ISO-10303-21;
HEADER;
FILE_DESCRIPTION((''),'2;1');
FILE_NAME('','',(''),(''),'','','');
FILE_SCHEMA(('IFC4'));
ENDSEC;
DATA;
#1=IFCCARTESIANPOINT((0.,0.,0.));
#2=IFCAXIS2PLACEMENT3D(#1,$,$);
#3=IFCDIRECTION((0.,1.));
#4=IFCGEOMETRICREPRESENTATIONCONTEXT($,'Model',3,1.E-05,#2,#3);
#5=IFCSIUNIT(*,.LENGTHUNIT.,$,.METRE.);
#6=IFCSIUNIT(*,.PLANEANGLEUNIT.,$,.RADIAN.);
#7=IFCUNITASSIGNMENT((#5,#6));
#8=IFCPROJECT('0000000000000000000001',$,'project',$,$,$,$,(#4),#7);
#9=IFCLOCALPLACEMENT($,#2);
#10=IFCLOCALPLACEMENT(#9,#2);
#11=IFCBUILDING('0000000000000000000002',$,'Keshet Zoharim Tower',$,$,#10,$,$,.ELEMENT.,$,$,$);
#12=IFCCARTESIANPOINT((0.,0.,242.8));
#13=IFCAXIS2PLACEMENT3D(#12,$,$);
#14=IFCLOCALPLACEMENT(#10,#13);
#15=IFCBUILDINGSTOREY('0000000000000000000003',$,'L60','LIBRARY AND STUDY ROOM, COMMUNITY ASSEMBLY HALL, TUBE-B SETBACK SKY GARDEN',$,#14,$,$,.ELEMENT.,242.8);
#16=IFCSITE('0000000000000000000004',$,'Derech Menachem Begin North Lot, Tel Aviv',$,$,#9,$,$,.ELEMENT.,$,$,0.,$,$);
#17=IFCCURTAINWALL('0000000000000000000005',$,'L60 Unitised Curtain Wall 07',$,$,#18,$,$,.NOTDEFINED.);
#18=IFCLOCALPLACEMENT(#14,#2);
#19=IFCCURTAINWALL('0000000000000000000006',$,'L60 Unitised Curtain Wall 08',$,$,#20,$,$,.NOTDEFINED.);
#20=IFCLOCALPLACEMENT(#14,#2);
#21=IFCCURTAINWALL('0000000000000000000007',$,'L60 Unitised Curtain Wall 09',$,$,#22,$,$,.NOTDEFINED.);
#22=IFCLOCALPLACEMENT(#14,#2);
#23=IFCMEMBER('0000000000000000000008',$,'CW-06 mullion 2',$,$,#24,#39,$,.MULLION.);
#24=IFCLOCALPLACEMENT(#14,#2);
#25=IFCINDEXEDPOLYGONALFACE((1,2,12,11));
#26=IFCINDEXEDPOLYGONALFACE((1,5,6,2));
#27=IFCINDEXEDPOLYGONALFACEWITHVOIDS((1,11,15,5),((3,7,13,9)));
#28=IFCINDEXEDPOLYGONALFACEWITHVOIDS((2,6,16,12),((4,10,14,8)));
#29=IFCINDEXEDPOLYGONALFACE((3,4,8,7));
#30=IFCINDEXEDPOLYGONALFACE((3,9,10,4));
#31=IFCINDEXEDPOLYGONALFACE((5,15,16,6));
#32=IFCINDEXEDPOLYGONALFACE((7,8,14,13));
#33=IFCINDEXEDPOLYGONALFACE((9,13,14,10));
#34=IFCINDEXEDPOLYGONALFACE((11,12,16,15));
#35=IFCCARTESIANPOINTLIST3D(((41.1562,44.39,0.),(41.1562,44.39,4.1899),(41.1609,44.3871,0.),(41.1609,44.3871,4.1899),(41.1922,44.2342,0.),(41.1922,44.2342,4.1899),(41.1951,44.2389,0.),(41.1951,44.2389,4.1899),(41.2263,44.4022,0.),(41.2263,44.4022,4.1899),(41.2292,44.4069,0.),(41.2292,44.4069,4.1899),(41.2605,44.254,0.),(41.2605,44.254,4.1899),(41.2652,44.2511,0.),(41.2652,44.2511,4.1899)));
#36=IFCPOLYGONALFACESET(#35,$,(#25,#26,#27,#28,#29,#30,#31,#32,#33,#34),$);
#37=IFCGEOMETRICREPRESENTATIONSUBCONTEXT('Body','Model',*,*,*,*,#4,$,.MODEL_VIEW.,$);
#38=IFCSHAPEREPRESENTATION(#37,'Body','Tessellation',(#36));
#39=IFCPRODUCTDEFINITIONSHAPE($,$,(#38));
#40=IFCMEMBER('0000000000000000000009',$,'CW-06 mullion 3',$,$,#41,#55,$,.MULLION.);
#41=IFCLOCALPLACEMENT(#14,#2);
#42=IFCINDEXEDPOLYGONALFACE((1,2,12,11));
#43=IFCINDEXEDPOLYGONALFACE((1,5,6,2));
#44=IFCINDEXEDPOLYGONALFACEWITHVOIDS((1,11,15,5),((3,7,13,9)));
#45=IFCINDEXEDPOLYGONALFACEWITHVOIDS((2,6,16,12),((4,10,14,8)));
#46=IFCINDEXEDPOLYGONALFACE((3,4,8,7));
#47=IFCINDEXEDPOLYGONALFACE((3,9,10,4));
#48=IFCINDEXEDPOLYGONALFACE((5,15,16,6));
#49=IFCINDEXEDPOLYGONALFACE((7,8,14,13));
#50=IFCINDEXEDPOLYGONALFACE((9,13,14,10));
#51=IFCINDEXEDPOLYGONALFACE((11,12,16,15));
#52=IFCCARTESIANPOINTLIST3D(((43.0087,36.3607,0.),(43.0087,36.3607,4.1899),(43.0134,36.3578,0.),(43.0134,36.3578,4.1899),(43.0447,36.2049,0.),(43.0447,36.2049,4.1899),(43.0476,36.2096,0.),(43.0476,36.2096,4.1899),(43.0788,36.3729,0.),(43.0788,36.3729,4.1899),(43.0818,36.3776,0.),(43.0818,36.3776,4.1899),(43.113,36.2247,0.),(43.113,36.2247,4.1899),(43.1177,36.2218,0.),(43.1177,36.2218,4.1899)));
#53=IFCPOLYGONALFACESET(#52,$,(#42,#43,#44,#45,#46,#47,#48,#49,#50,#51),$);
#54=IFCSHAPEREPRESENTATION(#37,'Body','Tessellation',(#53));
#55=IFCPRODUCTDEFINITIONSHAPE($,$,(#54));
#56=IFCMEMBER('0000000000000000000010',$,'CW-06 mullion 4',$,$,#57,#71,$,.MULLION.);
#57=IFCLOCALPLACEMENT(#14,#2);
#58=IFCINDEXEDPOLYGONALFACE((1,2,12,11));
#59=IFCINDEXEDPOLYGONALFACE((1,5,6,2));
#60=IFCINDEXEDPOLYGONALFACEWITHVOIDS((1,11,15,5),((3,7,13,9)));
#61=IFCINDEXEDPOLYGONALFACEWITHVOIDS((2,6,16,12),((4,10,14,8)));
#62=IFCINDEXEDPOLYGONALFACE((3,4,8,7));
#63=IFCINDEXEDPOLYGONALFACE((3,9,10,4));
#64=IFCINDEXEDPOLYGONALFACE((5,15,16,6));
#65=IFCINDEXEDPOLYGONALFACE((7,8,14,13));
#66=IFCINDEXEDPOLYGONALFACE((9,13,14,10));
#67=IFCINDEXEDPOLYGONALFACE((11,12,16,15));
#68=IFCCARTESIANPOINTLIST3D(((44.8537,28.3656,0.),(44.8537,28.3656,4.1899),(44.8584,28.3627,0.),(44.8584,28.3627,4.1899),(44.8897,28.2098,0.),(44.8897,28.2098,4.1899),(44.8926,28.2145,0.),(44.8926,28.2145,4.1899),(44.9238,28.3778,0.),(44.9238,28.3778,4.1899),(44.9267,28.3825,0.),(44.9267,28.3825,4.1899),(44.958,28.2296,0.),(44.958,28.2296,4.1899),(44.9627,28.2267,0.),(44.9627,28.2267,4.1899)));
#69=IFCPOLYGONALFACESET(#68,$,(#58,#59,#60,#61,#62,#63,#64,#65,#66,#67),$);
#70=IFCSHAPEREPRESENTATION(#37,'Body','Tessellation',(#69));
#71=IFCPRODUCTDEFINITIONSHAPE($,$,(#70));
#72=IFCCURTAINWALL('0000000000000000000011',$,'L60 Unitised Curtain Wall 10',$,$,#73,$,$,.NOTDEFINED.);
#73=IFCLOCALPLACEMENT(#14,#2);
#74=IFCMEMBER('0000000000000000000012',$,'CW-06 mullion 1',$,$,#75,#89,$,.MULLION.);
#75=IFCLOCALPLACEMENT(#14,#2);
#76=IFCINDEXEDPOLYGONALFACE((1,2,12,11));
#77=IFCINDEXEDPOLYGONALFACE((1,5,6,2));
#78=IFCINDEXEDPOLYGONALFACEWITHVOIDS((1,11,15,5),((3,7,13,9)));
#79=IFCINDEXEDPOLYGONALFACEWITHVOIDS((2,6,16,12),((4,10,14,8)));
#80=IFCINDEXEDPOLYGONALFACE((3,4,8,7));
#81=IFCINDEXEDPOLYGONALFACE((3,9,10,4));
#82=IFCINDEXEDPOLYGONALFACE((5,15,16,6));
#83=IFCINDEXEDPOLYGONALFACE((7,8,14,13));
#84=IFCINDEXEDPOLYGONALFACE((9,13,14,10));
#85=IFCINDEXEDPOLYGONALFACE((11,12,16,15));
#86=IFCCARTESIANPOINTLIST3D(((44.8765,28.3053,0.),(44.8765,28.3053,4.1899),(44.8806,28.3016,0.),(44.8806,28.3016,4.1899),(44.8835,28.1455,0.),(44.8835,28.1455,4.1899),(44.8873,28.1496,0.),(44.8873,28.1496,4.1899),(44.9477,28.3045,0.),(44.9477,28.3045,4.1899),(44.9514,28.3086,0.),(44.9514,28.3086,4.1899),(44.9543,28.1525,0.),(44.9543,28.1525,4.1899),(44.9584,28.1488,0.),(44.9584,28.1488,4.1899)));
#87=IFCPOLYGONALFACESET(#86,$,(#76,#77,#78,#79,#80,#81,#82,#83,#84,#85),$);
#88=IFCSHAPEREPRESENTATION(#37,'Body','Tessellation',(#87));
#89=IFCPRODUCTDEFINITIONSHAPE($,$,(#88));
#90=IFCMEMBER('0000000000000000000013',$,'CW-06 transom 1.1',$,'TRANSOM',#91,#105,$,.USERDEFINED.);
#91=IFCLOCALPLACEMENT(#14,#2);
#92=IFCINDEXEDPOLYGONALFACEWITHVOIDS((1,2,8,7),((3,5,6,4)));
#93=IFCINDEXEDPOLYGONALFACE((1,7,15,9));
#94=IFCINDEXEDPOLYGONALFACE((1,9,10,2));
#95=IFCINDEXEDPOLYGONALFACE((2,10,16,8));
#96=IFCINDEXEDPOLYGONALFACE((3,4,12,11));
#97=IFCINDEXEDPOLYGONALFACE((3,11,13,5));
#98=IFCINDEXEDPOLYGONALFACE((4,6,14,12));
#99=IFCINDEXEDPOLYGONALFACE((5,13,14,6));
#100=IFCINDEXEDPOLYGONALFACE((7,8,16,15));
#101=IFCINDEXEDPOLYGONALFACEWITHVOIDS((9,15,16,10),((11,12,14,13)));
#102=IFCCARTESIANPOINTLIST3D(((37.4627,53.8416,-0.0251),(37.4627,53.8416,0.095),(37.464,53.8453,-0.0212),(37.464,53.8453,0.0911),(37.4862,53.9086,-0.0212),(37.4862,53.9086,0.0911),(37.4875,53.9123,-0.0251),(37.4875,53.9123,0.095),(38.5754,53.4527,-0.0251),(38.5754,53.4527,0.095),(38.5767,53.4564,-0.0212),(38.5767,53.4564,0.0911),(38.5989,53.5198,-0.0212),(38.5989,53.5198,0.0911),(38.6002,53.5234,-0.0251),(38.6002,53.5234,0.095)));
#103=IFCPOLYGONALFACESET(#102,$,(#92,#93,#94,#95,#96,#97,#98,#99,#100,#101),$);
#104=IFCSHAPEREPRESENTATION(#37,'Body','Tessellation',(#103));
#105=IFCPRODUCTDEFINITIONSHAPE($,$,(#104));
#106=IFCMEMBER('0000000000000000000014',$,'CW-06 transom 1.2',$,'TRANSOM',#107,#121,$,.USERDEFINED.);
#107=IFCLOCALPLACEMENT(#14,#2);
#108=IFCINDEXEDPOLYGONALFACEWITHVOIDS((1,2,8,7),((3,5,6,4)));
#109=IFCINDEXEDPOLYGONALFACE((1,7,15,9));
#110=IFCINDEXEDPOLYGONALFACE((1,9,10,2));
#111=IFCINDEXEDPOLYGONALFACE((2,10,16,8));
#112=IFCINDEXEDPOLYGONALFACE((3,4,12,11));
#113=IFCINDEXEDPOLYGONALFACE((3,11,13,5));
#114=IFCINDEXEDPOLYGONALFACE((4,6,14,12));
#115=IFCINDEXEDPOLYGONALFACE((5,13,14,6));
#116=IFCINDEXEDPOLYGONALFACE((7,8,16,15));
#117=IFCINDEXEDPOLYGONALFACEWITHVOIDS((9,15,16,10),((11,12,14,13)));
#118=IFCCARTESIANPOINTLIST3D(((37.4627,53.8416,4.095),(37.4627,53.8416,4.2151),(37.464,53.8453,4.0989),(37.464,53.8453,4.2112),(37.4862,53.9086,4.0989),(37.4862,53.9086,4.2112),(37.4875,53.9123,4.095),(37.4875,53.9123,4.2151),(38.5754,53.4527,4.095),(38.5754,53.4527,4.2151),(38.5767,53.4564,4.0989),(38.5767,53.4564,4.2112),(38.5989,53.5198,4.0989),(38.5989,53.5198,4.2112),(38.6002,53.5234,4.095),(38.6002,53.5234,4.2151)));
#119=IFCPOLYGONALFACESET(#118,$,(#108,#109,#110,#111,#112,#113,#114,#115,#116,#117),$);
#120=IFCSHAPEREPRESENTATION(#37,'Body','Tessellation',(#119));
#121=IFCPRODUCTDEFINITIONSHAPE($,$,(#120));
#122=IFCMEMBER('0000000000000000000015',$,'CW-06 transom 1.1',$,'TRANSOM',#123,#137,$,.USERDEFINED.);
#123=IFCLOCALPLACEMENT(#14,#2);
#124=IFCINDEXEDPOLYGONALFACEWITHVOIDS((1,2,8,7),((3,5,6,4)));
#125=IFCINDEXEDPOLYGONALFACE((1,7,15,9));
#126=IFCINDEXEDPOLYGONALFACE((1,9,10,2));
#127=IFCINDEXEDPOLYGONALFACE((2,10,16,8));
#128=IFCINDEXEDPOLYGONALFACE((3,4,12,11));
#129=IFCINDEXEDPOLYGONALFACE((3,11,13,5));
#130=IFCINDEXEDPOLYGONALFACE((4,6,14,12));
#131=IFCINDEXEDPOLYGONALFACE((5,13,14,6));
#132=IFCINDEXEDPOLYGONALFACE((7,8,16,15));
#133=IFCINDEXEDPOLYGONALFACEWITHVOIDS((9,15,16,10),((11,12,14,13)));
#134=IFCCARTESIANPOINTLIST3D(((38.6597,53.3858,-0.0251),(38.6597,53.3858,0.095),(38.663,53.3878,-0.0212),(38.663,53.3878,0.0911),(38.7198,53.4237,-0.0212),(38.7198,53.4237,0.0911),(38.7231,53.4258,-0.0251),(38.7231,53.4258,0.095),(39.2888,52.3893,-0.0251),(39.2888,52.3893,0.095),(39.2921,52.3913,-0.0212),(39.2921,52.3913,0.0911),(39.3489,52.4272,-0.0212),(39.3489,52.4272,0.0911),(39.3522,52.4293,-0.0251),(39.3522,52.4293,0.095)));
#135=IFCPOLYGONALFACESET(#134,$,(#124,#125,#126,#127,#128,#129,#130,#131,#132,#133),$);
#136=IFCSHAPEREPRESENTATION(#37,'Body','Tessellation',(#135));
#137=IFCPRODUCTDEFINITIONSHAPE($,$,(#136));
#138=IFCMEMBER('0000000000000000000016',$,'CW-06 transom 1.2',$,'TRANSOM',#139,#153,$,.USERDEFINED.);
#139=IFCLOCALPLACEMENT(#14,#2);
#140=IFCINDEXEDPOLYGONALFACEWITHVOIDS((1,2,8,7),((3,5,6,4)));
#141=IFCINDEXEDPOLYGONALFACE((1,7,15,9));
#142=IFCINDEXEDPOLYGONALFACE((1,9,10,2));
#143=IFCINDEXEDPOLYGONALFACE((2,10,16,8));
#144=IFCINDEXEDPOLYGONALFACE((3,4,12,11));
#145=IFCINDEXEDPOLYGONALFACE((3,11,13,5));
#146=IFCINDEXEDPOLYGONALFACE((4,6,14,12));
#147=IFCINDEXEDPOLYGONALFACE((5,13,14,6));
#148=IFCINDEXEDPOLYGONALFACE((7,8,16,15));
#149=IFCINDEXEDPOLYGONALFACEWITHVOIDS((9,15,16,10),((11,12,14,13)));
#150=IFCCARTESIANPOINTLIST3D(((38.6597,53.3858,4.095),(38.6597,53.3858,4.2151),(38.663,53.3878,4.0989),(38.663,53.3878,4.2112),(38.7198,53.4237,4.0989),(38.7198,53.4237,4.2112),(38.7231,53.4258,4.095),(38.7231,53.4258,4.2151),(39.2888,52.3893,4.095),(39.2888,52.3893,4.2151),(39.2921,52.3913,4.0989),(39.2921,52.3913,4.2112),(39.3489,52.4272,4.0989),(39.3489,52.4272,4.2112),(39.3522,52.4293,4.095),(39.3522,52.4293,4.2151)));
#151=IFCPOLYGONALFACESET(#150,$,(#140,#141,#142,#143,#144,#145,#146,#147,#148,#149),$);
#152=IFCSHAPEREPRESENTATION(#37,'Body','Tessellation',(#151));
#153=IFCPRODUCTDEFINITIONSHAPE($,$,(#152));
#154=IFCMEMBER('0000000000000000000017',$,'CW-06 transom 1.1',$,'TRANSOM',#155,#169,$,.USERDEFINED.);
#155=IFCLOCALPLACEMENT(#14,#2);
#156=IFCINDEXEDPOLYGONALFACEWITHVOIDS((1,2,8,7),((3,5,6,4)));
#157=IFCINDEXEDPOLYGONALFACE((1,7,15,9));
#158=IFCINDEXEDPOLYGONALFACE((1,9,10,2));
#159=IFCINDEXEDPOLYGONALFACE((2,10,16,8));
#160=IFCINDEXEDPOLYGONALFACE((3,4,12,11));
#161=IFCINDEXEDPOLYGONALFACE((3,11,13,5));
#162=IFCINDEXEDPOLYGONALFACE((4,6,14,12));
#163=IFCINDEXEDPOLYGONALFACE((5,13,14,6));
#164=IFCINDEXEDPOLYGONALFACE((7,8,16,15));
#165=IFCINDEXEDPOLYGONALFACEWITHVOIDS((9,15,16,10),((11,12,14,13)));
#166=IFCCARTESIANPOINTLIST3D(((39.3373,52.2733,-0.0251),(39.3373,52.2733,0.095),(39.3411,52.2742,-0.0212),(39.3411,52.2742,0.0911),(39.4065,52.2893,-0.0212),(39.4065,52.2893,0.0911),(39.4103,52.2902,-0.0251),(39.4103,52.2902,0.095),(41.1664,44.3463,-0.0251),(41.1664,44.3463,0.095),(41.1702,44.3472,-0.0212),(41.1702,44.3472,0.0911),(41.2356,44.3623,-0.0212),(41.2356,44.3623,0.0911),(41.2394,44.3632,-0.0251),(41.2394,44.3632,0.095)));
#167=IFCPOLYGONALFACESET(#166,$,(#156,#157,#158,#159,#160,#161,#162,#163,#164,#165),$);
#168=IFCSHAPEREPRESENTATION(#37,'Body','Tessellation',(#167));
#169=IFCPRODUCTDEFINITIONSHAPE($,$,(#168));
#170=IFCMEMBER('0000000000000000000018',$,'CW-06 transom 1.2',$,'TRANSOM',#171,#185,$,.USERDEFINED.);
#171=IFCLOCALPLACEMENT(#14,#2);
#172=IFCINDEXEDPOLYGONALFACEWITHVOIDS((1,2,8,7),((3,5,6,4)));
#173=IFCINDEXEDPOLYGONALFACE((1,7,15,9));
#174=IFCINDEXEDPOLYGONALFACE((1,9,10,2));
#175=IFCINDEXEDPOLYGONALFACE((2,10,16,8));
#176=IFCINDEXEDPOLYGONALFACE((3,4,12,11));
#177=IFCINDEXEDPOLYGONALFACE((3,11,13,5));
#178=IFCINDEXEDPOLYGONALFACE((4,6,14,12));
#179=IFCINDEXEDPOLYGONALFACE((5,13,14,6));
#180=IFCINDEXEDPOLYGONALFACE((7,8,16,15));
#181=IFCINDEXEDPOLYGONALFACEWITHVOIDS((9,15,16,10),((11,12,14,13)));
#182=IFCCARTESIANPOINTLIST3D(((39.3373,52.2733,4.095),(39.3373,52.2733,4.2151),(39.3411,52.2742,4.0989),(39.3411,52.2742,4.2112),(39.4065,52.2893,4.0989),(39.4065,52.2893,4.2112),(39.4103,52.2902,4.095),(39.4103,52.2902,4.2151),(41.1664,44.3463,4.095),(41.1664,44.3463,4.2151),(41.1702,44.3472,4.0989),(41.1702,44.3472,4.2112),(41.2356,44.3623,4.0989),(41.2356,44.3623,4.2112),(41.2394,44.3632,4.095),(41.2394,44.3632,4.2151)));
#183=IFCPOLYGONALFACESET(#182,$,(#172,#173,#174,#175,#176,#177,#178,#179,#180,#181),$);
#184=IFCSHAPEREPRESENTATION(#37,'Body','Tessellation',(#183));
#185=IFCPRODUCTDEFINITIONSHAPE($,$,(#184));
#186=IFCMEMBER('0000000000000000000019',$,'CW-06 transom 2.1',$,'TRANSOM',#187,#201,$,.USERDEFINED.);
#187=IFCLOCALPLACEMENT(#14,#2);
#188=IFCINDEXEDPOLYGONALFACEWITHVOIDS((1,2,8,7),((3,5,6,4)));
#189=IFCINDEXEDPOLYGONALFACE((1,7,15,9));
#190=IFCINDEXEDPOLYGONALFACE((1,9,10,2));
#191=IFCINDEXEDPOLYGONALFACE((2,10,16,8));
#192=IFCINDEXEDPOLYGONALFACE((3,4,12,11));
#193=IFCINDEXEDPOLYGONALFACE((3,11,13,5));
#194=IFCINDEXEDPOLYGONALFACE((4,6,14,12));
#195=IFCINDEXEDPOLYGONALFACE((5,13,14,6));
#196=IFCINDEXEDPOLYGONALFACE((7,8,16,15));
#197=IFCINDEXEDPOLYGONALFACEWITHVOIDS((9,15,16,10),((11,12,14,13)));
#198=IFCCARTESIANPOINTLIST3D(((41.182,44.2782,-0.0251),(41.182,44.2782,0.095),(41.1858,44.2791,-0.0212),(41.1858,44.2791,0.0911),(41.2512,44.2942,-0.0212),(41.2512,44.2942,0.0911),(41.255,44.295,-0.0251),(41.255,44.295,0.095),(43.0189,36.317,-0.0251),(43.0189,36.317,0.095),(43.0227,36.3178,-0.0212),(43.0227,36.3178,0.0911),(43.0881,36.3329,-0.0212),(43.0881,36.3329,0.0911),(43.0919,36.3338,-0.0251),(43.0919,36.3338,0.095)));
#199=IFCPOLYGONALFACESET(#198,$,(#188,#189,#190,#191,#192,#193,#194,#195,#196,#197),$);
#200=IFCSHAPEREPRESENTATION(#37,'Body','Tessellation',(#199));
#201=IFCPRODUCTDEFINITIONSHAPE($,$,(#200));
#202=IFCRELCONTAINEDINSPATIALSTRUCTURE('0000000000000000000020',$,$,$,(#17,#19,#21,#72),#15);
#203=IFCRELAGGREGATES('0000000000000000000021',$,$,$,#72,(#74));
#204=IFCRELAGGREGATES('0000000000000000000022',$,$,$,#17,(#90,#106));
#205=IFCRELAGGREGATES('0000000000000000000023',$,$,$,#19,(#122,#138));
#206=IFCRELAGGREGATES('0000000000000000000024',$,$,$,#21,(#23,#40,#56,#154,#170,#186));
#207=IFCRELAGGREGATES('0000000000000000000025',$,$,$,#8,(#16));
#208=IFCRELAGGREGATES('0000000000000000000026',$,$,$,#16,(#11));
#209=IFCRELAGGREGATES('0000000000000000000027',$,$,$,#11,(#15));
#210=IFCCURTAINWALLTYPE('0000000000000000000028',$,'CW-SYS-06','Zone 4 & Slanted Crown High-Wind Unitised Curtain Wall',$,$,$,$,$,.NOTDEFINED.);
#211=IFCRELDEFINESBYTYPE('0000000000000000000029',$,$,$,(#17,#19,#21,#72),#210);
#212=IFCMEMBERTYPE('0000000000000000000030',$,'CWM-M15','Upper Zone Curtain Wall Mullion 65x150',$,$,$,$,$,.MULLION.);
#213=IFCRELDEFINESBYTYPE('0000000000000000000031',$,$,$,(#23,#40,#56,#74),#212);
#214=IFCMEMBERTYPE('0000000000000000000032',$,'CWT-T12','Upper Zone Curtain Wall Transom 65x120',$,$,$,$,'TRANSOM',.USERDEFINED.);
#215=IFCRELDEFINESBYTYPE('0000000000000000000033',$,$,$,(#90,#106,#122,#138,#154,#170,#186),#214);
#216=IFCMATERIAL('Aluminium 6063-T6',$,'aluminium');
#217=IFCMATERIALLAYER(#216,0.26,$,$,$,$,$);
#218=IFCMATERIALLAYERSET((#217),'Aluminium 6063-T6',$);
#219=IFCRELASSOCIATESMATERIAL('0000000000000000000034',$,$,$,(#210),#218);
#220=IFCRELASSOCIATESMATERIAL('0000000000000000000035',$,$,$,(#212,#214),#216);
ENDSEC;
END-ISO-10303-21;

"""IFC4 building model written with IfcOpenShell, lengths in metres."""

from ifc_helpers import new_model, si_unit, direction, frame, origin, origin_2d, place, context, subcontext, project, spatial, hollow_rectangle, extrude, material, layer, layer_set, material_profile, profile_set, type_object, element, aggregate, save


model = new_model("IFC4")

# Units and contexts
model_context = context("Model", 3, precision=1e-05, world=origin(), true_north=direction((0.0, 1.0)))
body_context = subcontext(model_context, "Body", "Model", "MODEL_VIEW")
ifc_project = project(units=[si_unit("LENGTHUNIT", "METRE"), si_unit("PLANEANGLEUNIT", "RADIAN")], contexts=[model_context])

# Site, building, storey
site_placement = place(None, origin())
site = spatial("IfcSite", under=ifc_project, at=site_placement, Name="Derech Menachem Begin North Lot, Tel Aviv", CompositionType="ELEMENT", RefElevation=0.0)
building_placement = place(site_placement, origin())
building = spatial("IfcBuilding", under=site, at=building_placement, Name="Keshet Zoharim Tower", CompositionType="ELEMENT")
storey_placement = place(building_placement, frame((0.0, 0.0, 242.8)))
storey = spatial("IfcBuildingStorey", under=building, at=storey_placement, Name="L60", Description="LIBRARY AND STUDY ROOM, COMMUNITY ASSEMBLY HALL, TUBE-B SETBACK SKY GARDEN", CompositionType="ELEMENT", Elevation=242.8)

# Shared definitions
ifc_material_1 = material(Name="Aluminium 6063-T6", Category="aluminium")
ifc_layer_1 = layer(ifc_material_1, 0.26)
ifc_layer_set_1 = layer_set([ifc_layer_1], Name="Aluminium 6063-T6")
curtain_wall_type = type_object("IfcCurtainWallType", Name="CW-SYS-06", Description="Zone 4 & Slanted Crown High-Wind Unitised Curtain Wall", PredefinedType="NOTDEFINED", material=ifc_layer_set_1)
ifc_material_profile_1 = material_profile(ifc_material_1, hollow_rectangle(XDim=0.075, YDim=0.1599, WallThickness=0.0039, at=origin_2d()), Name="MUL-75x160")
ifc_profile_set_1 = profile_set([ifc_material_profile_1], Name="Aluminium 6063-T6")
member_type_1 = type_object("IfcMemberType", Name="CWM-M15", Description="Upper Zone Curtain Wall Mullion 65x150", PredefinedType="MULLION", material=ifc_profile_set_1)

# Curtain walls, members
curtain_wall_1_placement = place(storey_placement, origin())
curtain_wall_1 = element("IfcCurtainWall", 1, at=curtain_wall_1_placement, inside=storey, type_object=curtain_wall_type, Name="L60 Unitised Curtain Wall 07", PredefinedType="NOTDEFINED")
curtain_wall_2_placement = place(storey_placement, origin())
curtain_wall_2 = element("IfcCurtainWall", 2, at=curtain_wall_2_placement, inside=storey, type_object=curtain_wall_type, Name="L60 Unitised Curtain Wall 08", PredefinedType="NOTDEFINED")
curtain_wall_3_placement = place(storey_placement, origin())
curtain_wall_3 = element("IfcCurtainWall", 3, at=curtain_wall_3_placement, inside=storey, type_object=curtain_wall_type, Name="L60 Unitised Curtain Wall 09", PredefinedType="NOTDEFINED")
member_1_placement = place(storey_placement, frame((41.2107, 44.3206, 0.0), z_axis=(0.0, 0.0, 1.0), x_axis=(0.974398, 0.22483, 0.0)))
member_1 = element("IfcMember", 4, at=member_1_placement, type_object=member_type_1, Name="CW-06 mullion 2", PredefinedType="MULLION", context=body_context, shape_type="SweptSolid", body=[
    extrude(hollow_rectangle(XDim=0.075, YDim=0.1599, WallThickness=0.0039, at=origin_2d()), origin(), (0.0, 0.0, 1.0), 4.1899),
])
member_2_placement = place(storey_placement, frame((43.0632, 36.2913, 0.0), z_axis=(0.0, 0.0, 1.0), x_axis=(0.974398, 0.22483, 0.0)))
member_2 = element("IfcMember", 5, at=member_2_placement, type_object=member_type_1, Name="CW-06 mullion 3", PredefinedType="MULLION", context=body_context, shape_type="SweptSolid", body=[
    extrude(hollow_rectangle(XDim=0.075, YDim=0.1599, WallThickness=0.0039, at=origin_2d()), origin(), (0.0, 0.0, 1.0), 4.1899),
])
member_3_placement = place(storey_placement, frame((44.9082, 28.2961, 0.0), z_axis=(0.0, 0.0, 1.0), x_axis=(0.974398, 0.22483, 0.0)))
member_3 = element("IfcMember", 6, at=member_3_placement, type_object=member_type_1, Name="CW-06 mullion 4", PredefinedType="MULLION", context=body_context, shape_type="SweptSolid", body=[
    extrude(hollow_rectangle(XDim=0.075, YDim=0.1599, WallThickness=0.0039, at=origin_2d()), origin(), (0.0, 0.0, 1.0), 4.1899),
])

# Curtain wall, member
curtain_wall_4_placement = place(storey_placement, origin())
curtain_wall_4 = element("IfcCurtainWall", 7, at=curtain_wall_4_placement, inside=storey, type_object=curtain_wall_type, Name="L60 Unitised Curtain Wall 10", PredefinedType="NOTDEFINED")
member_4_placement = place(storey_placement, frame((44.9175, 28.2271, 0.0), z_axis=(0.0, 0.0, 1.0), x_axis=(0.999041, 0.043794, 0.0)))
member_4 = element("IfcMember", 8, at=member_4_placement, type_object=member_type_1, Name="CW-06 mullion 1", PredefinedType="MULLION", context=body_context, shape_type="SweptSolid", body=[
    extrude(hollow_rectangle(XDim=0.075, YDim=0.1599, WallThickness=0.0039, at=origin_2d()), origin(), (0.0, 0.0, 1.0), 4.1899),
])

# Members
ifc_material_profile_2 = material_profile(ifc_material_1, hollow_rectangle(XDim=0.075, YDim=0.1201, WallThickness=0.0039, at=origin_2d()), Name="TRN-75x120")
ifc_profile_set_2 = profile_set([ifc_material_profile_2], Name="Aluminium 6063-T6")
member_type_2 = type_object("IfcMemberType", Name="CWT-T12", Description="Upper Zone Curtain Wall Transom 65x120", ElementType="TRANSOM", PredefinedType="USERDEFINED", material=ifc_profile_set_2)
member_5_placement = place(storey_placement, frame((37.4751, 53.877, 0.0349), z_axis=(0.944007, -0.329926, 0.0), x_axis=(0.329926, 0.944007, 0.0)))
member_5 = element("IfcMember", 9, at=member_5_placement, type_object=member_type_2, Name="CW-06 transom 1.1", ObjectType="TRANSOM", PredefinedType="USERDEFINED", context=body_context, shape_type="SweptSolid", body=[
    extrude(hollow_rectangle(XDim=0.075, YDim=0.1201, WallThickness=0.0039, at=origin_2d()), origin(), (0.0, 0.0, 1.0), 1.1787),
])
member_6_placement = place(storey_placement, frame((37.4751, 53.877, 4.155), z_axis=(0.944007, -0.329926, 0.0), x_axis=(0.329926, 0.944007, 0.0)))
member_6 = element("IfcMember", 10, at=member_6_placement, type_object=member_type_2, Name="CW-06 transom 1.2", ObjectType="TRANSOM", PredefinedType="USERDEFINED", context=body_context, shape_type="SweptSolid", body=[
    extrude(hollow_rectangle(XDim=0.075, YDim=0.1201, WallThickness=0.0039, at=origin_2d()), origin(), (0.0, 0.0, 1.0), 1.1787),
])
member_7_placement = place(storey_placement, frame((38.6914, 53.4058, 0.0349), z_axis=(0.533829, -0.845592, 0.0), x_axis=(0.845592, 0.533829, 0.0)))
member_7 = element("IfcMember", 11, at=member_7_placement, type_object=member_type_2, Name="CW-06 transom 1.1", ObjectType="TRANSOM", PredefinedType="USERDEFINED", context=body_context, shape_type="SweptSolid", body=[
    extrude(hollow_rectangle(XDim=0.075, YDim=0.1201, WallThickness=0.0039, at=origin_2d()), origin(), (0.0, 0.0, 1.0), 1.1785),
])
member_8_placement = place(storey_placement, frame((38.6914, 53.4058, 4.155), z_axis=(0.533829, -0.845592, 0.0), x_axis=(0.845592, 0.533829, 0.0)))
member_8 = element("IfcMember", 12, at=member_8_placement, type_object=member_type_2, Name="CW-06 transom 1.2", ObjectType="TRANSOM", PredefinedType="USERDEFINED", context=body_context, shape_type="SweptSolid", body=[
    extrude(hollow_rectangle(XDim=0.075, YDim=0.1201, WallThickness=0.0039, at=origin_2d()), origin(), (0.0, 0.0, 1.0), 1.1785),
])
member_9_placement = place(storey_placement, frame((39.3738, 52.2817, 0.0349), z_axis=(0.224835, -0.974397, 0.0), x_axis=(0.974397, 0.224835, 0.0)))
member_9 = element("IfcMember", 13, at=member_9_placement, type_object=member_type_2, Name="CW-06 transom 1.1", ObjectType="TRANSOM", PredefinedType="USERDEFINED", context=body_context, shape_type="SweptSolid", body=[
    extrude(hollow_rectangle(XDim=0.075, YDim=0.1201, WallThickness=0.0039, at=origin_2d()), origin(), (0.0, 0.0, 1.0), 8.1353),
])
member_10_placement = place(storey_placement, frame((39.3738, 52.2817, 4.155), z_axis=(0.224835, -0.974397, 0.0), x_axis=(0.974397, 0.224835, 0.0)))
member_10 = element("IfcMember", 14, at=member_10_placement, type_object=member_type_2, Name="CW-06 transom 1.2", ObjectType="TRANSOM", PredefinedType="USERDEFINED", context=body_context, shape_type="SweptSolid", body=[
    extrude(hollow_rectangle(XDim=0.075, YDim=0.1201, WallThickness=0.0039, at=origin_2d()), origin(), (0.0, 0.0, 1.0), 8.1353),
])
member_11_placement = place(storey_placement, frame((41.2185, 44.2866, 0.0349), z_axis=(0.224827, -0.974399, 0.0), x_axis=(0.974399, 0.224827, 0.0)))
member_11 = element("IfcMember", 15, at=member_11_placement, type_object=member_type_2, Name="CW-06 transom 2.1", ObjectType="TRANSOM", PredefinedType="USERDEFINED", context=body_context, shape_type="SweptSolid", body=[
    extrude(hollow_rectangle(XDim=0.075, YDim=0.1201, WallThickness=0.0039, at=origin_2d()), origin(), (0.0, 0.0, 1.0), 8.1704),
])
aggregate(curtain_wall_4, [member_4])

aggregate(curtain_wall_1, [member_5, member_6])
aggregate(curtain_wall_2, [member_7, member_8])
aggregate(curtain_wall_3, [member_1, member_2, member_3, member_9, member_10, member_11])

save(model, "model.ifc")
